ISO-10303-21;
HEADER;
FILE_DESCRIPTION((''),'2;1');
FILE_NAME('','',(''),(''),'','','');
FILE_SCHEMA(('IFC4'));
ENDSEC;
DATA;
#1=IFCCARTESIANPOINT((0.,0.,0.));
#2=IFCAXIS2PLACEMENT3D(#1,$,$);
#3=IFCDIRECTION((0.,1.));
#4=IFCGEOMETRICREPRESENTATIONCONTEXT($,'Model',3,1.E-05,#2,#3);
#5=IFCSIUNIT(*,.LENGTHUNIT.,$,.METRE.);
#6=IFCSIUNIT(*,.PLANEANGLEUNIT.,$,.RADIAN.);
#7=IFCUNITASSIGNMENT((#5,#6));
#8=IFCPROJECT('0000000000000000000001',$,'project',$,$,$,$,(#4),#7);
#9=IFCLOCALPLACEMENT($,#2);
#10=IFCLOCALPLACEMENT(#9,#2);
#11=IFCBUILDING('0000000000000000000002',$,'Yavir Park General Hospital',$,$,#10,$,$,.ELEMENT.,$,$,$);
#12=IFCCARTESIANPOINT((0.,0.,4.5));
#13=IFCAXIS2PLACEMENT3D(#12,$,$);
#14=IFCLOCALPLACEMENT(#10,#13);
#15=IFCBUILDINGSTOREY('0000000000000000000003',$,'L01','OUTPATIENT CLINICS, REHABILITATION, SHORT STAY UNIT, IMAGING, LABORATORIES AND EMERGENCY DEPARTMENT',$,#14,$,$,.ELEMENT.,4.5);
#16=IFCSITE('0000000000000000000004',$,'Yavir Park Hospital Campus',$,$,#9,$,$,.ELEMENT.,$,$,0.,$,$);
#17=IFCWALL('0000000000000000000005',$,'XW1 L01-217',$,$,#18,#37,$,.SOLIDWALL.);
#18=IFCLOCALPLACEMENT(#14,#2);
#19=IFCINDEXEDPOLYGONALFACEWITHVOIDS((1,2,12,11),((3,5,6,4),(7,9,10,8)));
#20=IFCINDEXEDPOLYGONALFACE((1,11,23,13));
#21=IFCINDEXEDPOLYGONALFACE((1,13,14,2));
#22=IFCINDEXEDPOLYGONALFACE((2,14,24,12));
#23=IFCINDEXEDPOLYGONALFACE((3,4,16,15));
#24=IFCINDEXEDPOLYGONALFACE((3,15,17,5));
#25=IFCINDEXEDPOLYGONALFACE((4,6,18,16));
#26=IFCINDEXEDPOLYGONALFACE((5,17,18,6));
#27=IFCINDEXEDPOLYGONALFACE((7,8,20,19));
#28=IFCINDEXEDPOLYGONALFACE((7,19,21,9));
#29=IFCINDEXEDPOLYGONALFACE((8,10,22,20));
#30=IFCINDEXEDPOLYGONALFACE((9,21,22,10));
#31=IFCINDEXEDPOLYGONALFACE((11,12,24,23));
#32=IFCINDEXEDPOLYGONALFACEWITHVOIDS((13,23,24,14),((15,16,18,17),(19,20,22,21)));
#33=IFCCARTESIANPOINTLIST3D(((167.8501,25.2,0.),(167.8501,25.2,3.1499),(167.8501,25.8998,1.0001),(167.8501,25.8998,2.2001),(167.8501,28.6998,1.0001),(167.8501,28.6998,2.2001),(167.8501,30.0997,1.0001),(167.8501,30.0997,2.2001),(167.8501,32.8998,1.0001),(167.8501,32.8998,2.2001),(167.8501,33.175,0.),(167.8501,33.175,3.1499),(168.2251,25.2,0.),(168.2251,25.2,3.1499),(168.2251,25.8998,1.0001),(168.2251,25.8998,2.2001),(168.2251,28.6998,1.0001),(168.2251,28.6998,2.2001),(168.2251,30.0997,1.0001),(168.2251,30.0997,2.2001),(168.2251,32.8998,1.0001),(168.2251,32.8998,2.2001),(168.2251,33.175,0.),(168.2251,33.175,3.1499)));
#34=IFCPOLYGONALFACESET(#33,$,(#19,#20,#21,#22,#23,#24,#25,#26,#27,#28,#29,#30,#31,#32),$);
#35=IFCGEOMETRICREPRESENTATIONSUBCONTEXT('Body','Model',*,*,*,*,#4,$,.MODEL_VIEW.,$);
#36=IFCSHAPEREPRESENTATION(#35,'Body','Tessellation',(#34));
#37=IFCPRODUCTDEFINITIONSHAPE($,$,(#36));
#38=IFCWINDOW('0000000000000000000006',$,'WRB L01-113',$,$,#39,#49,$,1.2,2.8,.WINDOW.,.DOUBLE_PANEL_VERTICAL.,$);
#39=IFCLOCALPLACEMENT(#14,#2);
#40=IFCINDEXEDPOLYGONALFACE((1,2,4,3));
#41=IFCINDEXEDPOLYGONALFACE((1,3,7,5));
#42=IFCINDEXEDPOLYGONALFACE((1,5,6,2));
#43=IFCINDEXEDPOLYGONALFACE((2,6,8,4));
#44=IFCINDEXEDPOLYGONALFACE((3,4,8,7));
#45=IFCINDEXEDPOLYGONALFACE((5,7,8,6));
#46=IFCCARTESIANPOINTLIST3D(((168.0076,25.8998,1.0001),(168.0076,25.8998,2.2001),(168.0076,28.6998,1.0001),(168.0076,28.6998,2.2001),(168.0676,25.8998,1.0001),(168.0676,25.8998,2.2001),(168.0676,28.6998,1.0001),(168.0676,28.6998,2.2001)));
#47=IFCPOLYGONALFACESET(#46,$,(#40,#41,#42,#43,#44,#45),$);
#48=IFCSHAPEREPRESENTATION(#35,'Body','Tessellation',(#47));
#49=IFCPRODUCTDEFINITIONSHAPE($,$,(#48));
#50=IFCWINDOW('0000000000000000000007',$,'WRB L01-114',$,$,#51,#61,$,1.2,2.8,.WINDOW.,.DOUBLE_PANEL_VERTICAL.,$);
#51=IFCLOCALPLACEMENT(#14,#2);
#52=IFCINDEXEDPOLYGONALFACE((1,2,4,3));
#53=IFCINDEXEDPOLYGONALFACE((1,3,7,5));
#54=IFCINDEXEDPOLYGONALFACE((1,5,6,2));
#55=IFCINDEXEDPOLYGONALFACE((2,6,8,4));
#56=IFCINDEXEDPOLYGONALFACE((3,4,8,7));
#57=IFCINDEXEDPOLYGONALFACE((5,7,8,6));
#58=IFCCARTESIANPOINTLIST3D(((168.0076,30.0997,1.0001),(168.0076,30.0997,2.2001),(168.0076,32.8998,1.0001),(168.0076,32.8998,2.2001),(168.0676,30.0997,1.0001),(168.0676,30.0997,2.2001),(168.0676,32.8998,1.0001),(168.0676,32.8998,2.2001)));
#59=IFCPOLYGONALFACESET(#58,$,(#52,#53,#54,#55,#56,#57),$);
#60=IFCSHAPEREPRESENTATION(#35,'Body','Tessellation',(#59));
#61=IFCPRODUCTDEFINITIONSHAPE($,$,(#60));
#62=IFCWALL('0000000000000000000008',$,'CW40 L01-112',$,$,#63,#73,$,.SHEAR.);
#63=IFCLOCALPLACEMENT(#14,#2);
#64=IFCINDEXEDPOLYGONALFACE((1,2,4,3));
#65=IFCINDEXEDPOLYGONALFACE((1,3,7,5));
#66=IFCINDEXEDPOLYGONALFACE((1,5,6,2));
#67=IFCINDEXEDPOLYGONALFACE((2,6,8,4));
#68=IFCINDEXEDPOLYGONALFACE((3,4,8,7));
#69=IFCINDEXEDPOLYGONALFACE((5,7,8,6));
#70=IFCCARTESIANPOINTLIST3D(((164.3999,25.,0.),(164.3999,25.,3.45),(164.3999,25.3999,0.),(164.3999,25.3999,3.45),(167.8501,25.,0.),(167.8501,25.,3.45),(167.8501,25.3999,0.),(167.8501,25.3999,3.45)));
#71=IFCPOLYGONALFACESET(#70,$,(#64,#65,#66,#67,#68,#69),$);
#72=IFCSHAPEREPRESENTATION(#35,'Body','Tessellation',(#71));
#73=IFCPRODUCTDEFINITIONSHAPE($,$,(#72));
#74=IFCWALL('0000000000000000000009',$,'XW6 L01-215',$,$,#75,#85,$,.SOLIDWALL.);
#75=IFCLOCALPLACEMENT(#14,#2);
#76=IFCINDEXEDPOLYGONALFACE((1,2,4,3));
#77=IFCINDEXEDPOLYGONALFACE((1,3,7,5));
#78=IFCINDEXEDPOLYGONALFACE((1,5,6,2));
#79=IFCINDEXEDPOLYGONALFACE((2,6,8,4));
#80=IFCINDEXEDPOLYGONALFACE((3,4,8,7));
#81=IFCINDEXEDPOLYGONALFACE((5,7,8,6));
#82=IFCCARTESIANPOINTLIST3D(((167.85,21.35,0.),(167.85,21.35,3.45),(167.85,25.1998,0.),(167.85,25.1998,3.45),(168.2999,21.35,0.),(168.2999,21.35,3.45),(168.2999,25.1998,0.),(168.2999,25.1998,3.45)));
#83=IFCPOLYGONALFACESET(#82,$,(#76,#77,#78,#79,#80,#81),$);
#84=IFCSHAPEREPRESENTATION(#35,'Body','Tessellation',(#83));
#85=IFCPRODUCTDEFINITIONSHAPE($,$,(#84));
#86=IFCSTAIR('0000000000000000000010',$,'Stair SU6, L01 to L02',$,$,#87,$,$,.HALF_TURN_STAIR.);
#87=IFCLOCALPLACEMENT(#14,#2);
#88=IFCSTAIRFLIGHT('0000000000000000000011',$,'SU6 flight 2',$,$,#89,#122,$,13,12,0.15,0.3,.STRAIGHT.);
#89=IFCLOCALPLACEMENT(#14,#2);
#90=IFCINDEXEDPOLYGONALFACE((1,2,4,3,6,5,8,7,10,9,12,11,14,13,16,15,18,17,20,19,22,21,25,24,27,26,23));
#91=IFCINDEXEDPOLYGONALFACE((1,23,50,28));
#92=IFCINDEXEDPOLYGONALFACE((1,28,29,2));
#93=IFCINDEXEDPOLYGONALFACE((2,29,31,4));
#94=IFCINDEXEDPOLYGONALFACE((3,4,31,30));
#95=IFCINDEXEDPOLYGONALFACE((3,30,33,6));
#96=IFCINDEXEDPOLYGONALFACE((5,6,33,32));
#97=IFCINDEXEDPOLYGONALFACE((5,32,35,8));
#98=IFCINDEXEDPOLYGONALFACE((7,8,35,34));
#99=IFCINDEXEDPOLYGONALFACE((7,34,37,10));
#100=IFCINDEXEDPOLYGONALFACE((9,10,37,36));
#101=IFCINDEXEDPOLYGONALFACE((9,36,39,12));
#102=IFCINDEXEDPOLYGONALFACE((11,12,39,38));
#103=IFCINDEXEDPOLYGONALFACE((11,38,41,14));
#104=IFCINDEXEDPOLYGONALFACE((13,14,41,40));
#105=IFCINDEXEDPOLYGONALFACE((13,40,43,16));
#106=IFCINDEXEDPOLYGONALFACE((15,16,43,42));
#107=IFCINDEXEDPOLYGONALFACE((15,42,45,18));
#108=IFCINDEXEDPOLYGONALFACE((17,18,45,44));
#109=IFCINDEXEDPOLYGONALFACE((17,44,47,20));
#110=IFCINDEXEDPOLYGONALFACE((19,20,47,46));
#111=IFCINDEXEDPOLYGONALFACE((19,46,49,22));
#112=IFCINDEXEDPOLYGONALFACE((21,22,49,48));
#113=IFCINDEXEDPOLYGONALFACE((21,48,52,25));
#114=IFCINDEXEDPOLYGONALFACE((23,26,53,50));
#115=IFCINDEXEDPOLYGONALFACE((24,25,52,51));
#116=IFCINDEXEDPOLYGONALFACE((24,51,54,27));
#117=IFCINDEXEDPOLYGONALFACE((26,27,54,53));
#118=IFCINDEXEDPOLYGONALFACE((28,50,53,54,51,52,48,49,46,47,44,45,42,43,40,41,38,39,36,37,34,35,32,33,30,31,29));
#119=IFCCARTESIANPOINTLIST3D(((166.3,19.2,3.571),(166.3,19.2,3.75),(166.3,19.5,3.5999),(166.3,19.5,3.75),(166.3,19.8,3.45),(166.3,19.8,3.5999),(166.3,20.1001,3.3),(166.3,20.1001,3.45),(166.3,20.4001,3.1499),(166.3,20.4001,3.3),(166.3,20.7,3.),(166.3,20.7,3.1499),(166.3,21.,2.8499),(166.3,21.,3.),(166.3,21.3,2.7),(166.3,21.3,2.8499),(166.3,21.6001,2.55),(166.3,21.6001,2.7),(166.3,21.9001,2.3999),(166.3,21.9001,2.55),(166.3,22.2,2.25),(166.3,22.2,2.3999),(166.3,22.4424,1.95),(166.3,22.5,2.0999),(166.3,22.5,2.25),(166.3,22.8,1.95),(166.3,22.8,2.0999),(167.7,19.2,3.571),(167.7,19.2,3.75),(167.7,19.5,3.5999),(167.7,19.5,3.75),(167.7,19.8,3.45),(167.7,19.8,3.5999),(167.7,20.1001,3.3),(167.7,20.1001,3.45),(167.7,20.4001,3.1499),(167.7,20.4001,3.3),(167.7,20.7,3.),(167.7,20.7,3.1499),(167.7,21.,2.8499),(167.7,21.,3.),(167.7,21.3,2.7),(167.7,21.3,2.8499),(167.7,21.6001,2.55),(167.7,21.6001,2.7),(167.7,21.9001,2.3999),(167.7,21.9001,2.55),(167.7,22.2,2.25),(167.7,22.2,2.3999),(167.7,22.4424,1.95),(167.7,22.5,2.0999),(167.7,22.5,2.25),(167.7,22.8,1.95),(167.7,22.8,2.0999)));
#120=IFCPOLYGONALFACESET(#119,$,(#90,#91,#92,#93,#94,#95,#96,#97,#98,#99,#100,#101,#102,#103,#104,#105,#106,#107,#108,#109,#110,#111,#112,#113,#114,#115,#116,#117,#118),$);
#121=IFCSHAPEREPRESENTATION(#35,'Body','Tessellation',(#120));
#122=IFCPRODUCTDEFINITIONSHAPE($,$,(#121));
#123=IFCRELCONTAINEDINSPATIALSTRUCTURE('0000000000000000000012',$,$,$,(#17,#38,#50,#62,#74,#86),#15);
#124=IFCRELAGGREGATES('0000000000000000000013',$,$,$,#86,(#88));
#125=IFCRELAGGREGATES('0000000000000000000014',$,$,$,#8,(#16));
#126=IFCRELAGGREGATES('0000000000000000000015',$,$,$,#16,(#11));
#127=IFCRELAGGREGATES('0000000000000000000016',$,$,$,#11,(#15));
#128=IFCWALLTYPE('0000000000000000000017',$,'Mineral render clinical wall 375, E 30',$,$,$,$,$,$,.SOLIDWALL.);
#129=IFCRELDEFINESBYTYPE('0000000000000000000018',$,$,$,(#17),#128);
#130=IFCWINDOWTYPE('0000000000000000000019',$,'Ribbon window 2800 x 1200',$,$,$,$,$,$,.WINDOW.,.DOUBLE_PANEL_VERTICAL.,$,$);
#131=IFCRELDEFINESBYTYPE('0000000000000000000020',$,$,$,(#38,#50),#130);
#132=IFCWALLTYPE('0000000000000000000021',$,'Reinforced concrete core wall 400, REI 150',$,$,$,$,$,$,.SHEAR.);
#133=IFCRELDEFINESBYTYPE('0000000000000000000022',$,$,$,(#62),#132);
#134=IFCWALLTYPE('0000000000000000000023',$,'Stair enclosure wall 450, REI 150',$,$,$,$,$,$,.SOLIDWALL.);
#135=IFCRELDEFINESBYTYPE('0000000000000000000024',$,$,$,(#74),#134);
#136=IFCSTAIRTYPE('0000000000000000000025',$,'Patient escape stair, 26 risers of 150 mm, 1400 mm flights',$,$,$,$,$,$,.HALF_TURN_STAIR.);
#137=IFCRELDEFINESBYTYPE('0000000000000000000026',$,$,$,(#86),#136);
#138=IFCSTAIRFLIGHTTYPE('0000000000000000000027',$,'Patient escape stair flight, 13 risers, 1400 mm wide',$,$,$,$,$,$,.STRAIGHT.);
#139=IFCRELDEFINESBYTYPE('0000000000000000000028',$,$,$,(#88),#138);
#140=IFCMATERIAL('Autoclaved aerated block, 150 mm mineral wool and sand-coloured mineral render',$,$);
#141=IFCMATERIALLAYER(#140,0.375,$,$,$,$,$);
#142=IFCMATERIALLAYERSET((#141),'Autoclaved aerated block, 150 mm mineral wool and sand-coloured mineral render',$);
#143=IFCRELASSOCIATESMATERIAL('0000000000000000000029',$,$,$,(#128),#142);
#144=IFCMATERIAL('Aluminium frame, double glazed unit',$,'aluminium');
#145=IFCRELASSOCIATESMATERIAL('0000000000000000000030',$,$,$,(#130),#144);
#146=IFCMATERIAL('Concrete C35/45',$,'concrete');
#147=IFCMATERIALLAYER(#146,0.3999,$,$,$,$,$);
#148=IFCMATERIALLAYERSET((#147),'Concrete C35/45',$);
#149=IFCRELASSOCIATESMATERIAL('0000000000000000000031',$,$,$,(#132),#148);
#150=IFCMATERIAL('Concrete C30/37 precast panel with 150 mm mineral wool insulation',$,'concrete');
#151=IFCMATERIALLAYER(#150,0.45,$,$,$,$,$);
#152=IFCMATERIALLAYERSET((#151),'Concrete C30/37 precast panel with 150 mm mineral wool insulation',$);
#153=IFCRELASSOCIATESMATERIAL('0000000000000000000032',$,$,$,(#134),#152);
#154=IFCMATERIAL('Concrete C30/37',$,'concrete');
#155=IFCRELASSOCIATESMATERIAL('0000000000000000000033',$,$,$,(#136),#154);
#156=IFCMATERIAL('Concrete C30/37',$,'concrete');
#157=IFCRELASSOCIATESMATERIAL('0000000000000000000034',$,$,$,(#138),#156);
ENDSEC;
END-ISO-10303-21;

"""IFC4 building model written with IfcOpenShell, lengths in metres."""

from ifc_helpers import new_model, si_unit, direction, frame, frame_2d, origin, place, context, subcontext, project, spatial, polyline, rectangle, outline, extrude, material, layer, layer_set, type_object, element, fill, aggregate, save


model = new_model("IFC4")

# Units and contexts
model_context = context("Model", 3, precision=1e-05, world=origin(), true_north=direction((0.0, 1.0)))
body_context = subcontext(model_context, "Body", "Model", "MODEL_VIEW")
ifc_project = project(units=[si_unit("LENGTHUNIT", "METRE"), si_unit("PLANEANGLEUNIT", "RADIAN")], contexts=[model_context])

# Site, building, storey
site_placement = place(None, origin())
site = spatial("IfcSite", under=ifc_project, at=site_placement, Name="Yavir Park Hospital Campus", CompositionType="ELEMENT", RefElevation=0.0)
building_placement = place(site_placement, origin())
building = spatial("IfcBuilding", under=site, at=building_placement, Name="Yavir Park General Hospital", CompositionType="ELEMENT")
storey_placement = place(building_placement, frame((0.0, 0.0, 4.5)))
storey = spatial("IfcBuildingStorey", under=building, at=storey_placement, Name="L01", Description="OUTPATIENT CLINICS, REHABILITATION, SHORT STAY UNIT, IMAGING, LABORATORIES AND EMERGENCY DEPARTMENT", CompositionType="ELEMENT", Elevation=4.5)

# Wall, openings, windows
ifc_material_1 = material(Name="Autoclaved aerated block, 150 mm mineral wool and sand-coloured mineral render")
ifc_layer_1 = layer(ifc_material_1, 0.375)
ifc_layer_set_1 = layer_set([ifc_layer_1], Name="Autoclaved aerated block, 150 mm mineral wool and sand-coloured mineral render")
wall_type_1 = type_object("IfcWallType", Name="Mineral render clinical wall 375, E 30", PredefinedType="SOLIDWALL", material=ifc_layer_set_1)
wall_1_placement = place(storey_placement, frame((168.0376, 25.2, 0.0), z_axis=(0.0, 0.0, 1.0), x_axis=(0.0, 1.0, 0.0)))
wall_1 = element("IfcWall", 1, at=wall_1_placement, inside=storey, type_object=wall_type_1, Name="XW1 L01-217", PredefinedType="SOLIDWALL", context=body_context, shape_type="SweptSolid", body=[
    extrude(rectangle(XDim=7.9751, YDim=0.375, at=frame_2d((3.9875, 0.0))), origin(), (0.0, 0.0, 1.0), 3.1499),
])
opening_1_placement = place(wall_1_placement, frame((0.7, 0.0, 1.0)))
opening_1 = element("IfcOpeningElement", 2, at=opening_1_placement, cuts=wall_1, PredefinedType="OPENING", context=body_context, shape_type="SweptSolid", body=[
    extrude(rectangle(XDim=2.8, YDim=1.2, at=frame_2d((1.3999, 0.6001))), frame((0.0, 0.1975, 0.0), z_axis=(0.0, -1.0, 0.0), x_axis=(1.0, 0.0, 0.0)), (0.0, 0.0, 1.0), 0.395),
])
opening_2_placement = place(wall_1_placement, frame((4.8999, 0.0, 1.0)))
opening_2 = element("IfcOpeningElement", 3, at=opening_2_placement, cuts=wall_1, PredefinedType="OPENING", context=body_context, shape_type="SweptSolid", body=[
    extrude(rectangle(XDim=2.8, YDim=1.2, at=frame_2d((1.3999, 0.6001))), frame((0.0, 0.1975, 0.0), z_axis=(0.0, -1.0, 0.0), x_axis=(1.0, 0.0, 0.0)), (0.0, 0.0, 1.0), 0.395),
])
ifc_material_2 = material(Name="Aluminium frame, double glazed unit", Category="aluminium")
window_type = type_object("IfcWindowType", Name="Ribbon window 2800 x 1200", PartitioningType="DOUBLE_PANEL_VERTICAL", PredefinedType="WINDOW", material=ifc_material_2)
window_1_placement = place(opening_1_placement, origin())
window_1 = element("IfcWindow", 4, at=window_1_placement, inside=storey, type_object=window_type, Name="WRB L01-113", OverallHeight=1.2, OverallWidth=2.8, PartitioningType="DOUBLE_PANEL_VERTICAL", PredefinedType="WINDOW", context=body_context, shape_type="SweptSolid", body=[
    extrude(rectangle(XDim=2.8, YDim=1.2, at=frame_2d((1.3999, 0.6001))), frame((0.0, 0.03, 0.0), z_axis=(0.0, -1.0, 0.0), x_axis=(1.0, 0.0, 0.0)), (0.0, 0.0, 1.0), 0.0601),
])
fill(opening_1, window_1)
window_2_placement = place(opening_2_placement, origin())
window_2 = element("IfcWindow", 5, at=window_2_placement, inside=storey, type_object=window_type, Name="WRB L01-114", OverallHeight=1.2, OverallWidth=2.8, PartitioningType="DOUBLE_PANEL_VERTICAL", PredefinedType="WINDOW", context=body_context, shape_type="SweptSolid", body=[
    extrude(rectangle(XDim=2.8, YDim=1.2, at=frame_2d((1.3999, 0.6001))), frame((0.0, 0.03, 0.0), z_axis=(0.0, -1.0, 0.0), x_axis=(1.0, 0.0, 0.0)), (0.0, 0.0, 1.0), 0.0601),
])
fill(opening_2, window_2)

# Walls
ifc_material_3 = material(Name="Concrete C35/45", Category="concrete")
ifc_layer_2 = layer(ifc_material_3, 0.3999)
ifc_layer_set_2 = layer_set([ifc_layer_2], Name="Concrete C35/45")
wall_type_2 = type_object("IfcWallType", Name="Reinforced concrete core wall 400, REI 150", PredefinedType="SHEAR", material=ifc_layer_set_2)
wall_2_placement = place(storey_placement, frame((164.3999, 25.2, 0.0), z_axis=(0.0, 0.0, 1.0), x_axis=(1.0, 0.0, 0.0)))
element("IfcWall", 6, at=wall_2_placement, inside=storey, type_object=wall_type_2, Name="CW40 L01-112", PredefinedType="SHEAR", context=body_context, shape_type="SweptSolid", body=[
    extrude(rectangle(XDim=3.4502, YDim=0.3999, at=frame_2d((1.7251, 0.0))), origin(), (0.0, 0.0, 1.0), 3.45),
])
ifc_material_4 = material(Name="Concrete C30/37 precast panel with 150 mm mineral wool insulation", Category="concrete")
ifc_layer_3 = layer(ifc_material_4, 0.45)
ifc_layer_set_3 = layer_set([ifc_layer_3], Name="Concrete C30/37 precast panel with 150 mm mineral wool insulation")
wall_type_3 = type_object("IfcWallType", Name="Stair enclosure wall 450, REI 150", PredefinedType="SOLIDWALL", material=ifc_layer_set_3)
wall_3_placement = place(storey_placement, frame((168.075, 21.3501, 0.0), z_axis=(0.0, 0.0, 1.0), x_axis=(0.0, 1.0, 0.0)))
element("IfcWall", 7, at=wall_3_placement, inside=storey, type_object=wall_type_3, Name="XW6 L01-215", PredefinedType="SOLIDWALL", context=body_context, shape_type="SweptSolid", body=[
    extrude(rectangle(XDim=3.8499, YDim=0.45, at=frame_2d((1.9248, 0.0))), origin(), (0.0, 0.0, 1.0), 3.45),
])

# Stair, stair flight
ifc_material_5 = material(Name="Concrete C30/37", Category="concrete")
stair_type = type_object("IfcStairType", Name="Patient escape stair, 26 risers of 150 mm, 1400 mm flights", PredefinedType="HALF_TURN_STAIR", material=ifc_material_5)
stair_placement = place(storey_placement, origin())
stair = element("IfcStair", 8, at=stair_placement, inside=storey, type_object=stair_type, Name="Stair SU6, L01 to L02", PredefinedType="HALF_TURN_STAIR")
ifc_material_6 = material(Name="Concrete C30/37", Category="concrete")
stair_flight_type = type_object("IfcStairFlightType", Name="Patient escape stair flight, 13 risers, 1400 mm wide", PredefinedType="STRAIGHT", material=ifc_material_6)
stair_flight_placement = place(storey_placement, frame((167.0, 22.8, 1.95), z_axis=(0.0, 0.0, 1.0), x_axis=(0.0, -1.0, 0.0)))
stair_flight = element("IfcStairFlight", 9, at=stair_flight_placement, type_object=stair_flight_type, Name="SU6 flight 2", NumberOfRisers=13, NumberOfTreads=12, PredefinedType="STRAIGHT", RiserHeight=0.15, TreadLength=0.3, context=body_context, shape_type="SweptSolid", body=[
    extrude(outline(polyline([(0.0, 0.0), (0.0, 0.1499), (0.3, 0.1499), (0.3, 0.3), (0.6001, 0.3), (0.6001, 0.45), (0.8999, 0.45), (0.8999, 0.6001), (1.2, 0.6001), (1.2, 0.75), (1.5, 0.75), (1.5, 0.8999), (1.8, 0.8999), (1.8, 1.05), (2.1001, 1.05), (2.1001, 1.2), (2.3999, 1.2), (2.3999, 1.3501), (2.7, 1.3501), (2.7, 1.5), (3.0, 1.5), (3.0, 1.6499), (3.3, 1.6499), (3.3, 1.8), (3.6001, 1.8), (3.6001, 1.95), (3.6001, 1.6211), (0.3577, 0.0), (0.0, 0.0)])), frame((0.0, 0.7, 0.0), z_axis=(0.0, -1.0, 0.0), x_axis=(1.0, 0.0, 0.0)), (0.0, 0.0, 1.0), 1.3999),
])
aggregate(stair, [stair_flight])

save(model, "model.ifc")
